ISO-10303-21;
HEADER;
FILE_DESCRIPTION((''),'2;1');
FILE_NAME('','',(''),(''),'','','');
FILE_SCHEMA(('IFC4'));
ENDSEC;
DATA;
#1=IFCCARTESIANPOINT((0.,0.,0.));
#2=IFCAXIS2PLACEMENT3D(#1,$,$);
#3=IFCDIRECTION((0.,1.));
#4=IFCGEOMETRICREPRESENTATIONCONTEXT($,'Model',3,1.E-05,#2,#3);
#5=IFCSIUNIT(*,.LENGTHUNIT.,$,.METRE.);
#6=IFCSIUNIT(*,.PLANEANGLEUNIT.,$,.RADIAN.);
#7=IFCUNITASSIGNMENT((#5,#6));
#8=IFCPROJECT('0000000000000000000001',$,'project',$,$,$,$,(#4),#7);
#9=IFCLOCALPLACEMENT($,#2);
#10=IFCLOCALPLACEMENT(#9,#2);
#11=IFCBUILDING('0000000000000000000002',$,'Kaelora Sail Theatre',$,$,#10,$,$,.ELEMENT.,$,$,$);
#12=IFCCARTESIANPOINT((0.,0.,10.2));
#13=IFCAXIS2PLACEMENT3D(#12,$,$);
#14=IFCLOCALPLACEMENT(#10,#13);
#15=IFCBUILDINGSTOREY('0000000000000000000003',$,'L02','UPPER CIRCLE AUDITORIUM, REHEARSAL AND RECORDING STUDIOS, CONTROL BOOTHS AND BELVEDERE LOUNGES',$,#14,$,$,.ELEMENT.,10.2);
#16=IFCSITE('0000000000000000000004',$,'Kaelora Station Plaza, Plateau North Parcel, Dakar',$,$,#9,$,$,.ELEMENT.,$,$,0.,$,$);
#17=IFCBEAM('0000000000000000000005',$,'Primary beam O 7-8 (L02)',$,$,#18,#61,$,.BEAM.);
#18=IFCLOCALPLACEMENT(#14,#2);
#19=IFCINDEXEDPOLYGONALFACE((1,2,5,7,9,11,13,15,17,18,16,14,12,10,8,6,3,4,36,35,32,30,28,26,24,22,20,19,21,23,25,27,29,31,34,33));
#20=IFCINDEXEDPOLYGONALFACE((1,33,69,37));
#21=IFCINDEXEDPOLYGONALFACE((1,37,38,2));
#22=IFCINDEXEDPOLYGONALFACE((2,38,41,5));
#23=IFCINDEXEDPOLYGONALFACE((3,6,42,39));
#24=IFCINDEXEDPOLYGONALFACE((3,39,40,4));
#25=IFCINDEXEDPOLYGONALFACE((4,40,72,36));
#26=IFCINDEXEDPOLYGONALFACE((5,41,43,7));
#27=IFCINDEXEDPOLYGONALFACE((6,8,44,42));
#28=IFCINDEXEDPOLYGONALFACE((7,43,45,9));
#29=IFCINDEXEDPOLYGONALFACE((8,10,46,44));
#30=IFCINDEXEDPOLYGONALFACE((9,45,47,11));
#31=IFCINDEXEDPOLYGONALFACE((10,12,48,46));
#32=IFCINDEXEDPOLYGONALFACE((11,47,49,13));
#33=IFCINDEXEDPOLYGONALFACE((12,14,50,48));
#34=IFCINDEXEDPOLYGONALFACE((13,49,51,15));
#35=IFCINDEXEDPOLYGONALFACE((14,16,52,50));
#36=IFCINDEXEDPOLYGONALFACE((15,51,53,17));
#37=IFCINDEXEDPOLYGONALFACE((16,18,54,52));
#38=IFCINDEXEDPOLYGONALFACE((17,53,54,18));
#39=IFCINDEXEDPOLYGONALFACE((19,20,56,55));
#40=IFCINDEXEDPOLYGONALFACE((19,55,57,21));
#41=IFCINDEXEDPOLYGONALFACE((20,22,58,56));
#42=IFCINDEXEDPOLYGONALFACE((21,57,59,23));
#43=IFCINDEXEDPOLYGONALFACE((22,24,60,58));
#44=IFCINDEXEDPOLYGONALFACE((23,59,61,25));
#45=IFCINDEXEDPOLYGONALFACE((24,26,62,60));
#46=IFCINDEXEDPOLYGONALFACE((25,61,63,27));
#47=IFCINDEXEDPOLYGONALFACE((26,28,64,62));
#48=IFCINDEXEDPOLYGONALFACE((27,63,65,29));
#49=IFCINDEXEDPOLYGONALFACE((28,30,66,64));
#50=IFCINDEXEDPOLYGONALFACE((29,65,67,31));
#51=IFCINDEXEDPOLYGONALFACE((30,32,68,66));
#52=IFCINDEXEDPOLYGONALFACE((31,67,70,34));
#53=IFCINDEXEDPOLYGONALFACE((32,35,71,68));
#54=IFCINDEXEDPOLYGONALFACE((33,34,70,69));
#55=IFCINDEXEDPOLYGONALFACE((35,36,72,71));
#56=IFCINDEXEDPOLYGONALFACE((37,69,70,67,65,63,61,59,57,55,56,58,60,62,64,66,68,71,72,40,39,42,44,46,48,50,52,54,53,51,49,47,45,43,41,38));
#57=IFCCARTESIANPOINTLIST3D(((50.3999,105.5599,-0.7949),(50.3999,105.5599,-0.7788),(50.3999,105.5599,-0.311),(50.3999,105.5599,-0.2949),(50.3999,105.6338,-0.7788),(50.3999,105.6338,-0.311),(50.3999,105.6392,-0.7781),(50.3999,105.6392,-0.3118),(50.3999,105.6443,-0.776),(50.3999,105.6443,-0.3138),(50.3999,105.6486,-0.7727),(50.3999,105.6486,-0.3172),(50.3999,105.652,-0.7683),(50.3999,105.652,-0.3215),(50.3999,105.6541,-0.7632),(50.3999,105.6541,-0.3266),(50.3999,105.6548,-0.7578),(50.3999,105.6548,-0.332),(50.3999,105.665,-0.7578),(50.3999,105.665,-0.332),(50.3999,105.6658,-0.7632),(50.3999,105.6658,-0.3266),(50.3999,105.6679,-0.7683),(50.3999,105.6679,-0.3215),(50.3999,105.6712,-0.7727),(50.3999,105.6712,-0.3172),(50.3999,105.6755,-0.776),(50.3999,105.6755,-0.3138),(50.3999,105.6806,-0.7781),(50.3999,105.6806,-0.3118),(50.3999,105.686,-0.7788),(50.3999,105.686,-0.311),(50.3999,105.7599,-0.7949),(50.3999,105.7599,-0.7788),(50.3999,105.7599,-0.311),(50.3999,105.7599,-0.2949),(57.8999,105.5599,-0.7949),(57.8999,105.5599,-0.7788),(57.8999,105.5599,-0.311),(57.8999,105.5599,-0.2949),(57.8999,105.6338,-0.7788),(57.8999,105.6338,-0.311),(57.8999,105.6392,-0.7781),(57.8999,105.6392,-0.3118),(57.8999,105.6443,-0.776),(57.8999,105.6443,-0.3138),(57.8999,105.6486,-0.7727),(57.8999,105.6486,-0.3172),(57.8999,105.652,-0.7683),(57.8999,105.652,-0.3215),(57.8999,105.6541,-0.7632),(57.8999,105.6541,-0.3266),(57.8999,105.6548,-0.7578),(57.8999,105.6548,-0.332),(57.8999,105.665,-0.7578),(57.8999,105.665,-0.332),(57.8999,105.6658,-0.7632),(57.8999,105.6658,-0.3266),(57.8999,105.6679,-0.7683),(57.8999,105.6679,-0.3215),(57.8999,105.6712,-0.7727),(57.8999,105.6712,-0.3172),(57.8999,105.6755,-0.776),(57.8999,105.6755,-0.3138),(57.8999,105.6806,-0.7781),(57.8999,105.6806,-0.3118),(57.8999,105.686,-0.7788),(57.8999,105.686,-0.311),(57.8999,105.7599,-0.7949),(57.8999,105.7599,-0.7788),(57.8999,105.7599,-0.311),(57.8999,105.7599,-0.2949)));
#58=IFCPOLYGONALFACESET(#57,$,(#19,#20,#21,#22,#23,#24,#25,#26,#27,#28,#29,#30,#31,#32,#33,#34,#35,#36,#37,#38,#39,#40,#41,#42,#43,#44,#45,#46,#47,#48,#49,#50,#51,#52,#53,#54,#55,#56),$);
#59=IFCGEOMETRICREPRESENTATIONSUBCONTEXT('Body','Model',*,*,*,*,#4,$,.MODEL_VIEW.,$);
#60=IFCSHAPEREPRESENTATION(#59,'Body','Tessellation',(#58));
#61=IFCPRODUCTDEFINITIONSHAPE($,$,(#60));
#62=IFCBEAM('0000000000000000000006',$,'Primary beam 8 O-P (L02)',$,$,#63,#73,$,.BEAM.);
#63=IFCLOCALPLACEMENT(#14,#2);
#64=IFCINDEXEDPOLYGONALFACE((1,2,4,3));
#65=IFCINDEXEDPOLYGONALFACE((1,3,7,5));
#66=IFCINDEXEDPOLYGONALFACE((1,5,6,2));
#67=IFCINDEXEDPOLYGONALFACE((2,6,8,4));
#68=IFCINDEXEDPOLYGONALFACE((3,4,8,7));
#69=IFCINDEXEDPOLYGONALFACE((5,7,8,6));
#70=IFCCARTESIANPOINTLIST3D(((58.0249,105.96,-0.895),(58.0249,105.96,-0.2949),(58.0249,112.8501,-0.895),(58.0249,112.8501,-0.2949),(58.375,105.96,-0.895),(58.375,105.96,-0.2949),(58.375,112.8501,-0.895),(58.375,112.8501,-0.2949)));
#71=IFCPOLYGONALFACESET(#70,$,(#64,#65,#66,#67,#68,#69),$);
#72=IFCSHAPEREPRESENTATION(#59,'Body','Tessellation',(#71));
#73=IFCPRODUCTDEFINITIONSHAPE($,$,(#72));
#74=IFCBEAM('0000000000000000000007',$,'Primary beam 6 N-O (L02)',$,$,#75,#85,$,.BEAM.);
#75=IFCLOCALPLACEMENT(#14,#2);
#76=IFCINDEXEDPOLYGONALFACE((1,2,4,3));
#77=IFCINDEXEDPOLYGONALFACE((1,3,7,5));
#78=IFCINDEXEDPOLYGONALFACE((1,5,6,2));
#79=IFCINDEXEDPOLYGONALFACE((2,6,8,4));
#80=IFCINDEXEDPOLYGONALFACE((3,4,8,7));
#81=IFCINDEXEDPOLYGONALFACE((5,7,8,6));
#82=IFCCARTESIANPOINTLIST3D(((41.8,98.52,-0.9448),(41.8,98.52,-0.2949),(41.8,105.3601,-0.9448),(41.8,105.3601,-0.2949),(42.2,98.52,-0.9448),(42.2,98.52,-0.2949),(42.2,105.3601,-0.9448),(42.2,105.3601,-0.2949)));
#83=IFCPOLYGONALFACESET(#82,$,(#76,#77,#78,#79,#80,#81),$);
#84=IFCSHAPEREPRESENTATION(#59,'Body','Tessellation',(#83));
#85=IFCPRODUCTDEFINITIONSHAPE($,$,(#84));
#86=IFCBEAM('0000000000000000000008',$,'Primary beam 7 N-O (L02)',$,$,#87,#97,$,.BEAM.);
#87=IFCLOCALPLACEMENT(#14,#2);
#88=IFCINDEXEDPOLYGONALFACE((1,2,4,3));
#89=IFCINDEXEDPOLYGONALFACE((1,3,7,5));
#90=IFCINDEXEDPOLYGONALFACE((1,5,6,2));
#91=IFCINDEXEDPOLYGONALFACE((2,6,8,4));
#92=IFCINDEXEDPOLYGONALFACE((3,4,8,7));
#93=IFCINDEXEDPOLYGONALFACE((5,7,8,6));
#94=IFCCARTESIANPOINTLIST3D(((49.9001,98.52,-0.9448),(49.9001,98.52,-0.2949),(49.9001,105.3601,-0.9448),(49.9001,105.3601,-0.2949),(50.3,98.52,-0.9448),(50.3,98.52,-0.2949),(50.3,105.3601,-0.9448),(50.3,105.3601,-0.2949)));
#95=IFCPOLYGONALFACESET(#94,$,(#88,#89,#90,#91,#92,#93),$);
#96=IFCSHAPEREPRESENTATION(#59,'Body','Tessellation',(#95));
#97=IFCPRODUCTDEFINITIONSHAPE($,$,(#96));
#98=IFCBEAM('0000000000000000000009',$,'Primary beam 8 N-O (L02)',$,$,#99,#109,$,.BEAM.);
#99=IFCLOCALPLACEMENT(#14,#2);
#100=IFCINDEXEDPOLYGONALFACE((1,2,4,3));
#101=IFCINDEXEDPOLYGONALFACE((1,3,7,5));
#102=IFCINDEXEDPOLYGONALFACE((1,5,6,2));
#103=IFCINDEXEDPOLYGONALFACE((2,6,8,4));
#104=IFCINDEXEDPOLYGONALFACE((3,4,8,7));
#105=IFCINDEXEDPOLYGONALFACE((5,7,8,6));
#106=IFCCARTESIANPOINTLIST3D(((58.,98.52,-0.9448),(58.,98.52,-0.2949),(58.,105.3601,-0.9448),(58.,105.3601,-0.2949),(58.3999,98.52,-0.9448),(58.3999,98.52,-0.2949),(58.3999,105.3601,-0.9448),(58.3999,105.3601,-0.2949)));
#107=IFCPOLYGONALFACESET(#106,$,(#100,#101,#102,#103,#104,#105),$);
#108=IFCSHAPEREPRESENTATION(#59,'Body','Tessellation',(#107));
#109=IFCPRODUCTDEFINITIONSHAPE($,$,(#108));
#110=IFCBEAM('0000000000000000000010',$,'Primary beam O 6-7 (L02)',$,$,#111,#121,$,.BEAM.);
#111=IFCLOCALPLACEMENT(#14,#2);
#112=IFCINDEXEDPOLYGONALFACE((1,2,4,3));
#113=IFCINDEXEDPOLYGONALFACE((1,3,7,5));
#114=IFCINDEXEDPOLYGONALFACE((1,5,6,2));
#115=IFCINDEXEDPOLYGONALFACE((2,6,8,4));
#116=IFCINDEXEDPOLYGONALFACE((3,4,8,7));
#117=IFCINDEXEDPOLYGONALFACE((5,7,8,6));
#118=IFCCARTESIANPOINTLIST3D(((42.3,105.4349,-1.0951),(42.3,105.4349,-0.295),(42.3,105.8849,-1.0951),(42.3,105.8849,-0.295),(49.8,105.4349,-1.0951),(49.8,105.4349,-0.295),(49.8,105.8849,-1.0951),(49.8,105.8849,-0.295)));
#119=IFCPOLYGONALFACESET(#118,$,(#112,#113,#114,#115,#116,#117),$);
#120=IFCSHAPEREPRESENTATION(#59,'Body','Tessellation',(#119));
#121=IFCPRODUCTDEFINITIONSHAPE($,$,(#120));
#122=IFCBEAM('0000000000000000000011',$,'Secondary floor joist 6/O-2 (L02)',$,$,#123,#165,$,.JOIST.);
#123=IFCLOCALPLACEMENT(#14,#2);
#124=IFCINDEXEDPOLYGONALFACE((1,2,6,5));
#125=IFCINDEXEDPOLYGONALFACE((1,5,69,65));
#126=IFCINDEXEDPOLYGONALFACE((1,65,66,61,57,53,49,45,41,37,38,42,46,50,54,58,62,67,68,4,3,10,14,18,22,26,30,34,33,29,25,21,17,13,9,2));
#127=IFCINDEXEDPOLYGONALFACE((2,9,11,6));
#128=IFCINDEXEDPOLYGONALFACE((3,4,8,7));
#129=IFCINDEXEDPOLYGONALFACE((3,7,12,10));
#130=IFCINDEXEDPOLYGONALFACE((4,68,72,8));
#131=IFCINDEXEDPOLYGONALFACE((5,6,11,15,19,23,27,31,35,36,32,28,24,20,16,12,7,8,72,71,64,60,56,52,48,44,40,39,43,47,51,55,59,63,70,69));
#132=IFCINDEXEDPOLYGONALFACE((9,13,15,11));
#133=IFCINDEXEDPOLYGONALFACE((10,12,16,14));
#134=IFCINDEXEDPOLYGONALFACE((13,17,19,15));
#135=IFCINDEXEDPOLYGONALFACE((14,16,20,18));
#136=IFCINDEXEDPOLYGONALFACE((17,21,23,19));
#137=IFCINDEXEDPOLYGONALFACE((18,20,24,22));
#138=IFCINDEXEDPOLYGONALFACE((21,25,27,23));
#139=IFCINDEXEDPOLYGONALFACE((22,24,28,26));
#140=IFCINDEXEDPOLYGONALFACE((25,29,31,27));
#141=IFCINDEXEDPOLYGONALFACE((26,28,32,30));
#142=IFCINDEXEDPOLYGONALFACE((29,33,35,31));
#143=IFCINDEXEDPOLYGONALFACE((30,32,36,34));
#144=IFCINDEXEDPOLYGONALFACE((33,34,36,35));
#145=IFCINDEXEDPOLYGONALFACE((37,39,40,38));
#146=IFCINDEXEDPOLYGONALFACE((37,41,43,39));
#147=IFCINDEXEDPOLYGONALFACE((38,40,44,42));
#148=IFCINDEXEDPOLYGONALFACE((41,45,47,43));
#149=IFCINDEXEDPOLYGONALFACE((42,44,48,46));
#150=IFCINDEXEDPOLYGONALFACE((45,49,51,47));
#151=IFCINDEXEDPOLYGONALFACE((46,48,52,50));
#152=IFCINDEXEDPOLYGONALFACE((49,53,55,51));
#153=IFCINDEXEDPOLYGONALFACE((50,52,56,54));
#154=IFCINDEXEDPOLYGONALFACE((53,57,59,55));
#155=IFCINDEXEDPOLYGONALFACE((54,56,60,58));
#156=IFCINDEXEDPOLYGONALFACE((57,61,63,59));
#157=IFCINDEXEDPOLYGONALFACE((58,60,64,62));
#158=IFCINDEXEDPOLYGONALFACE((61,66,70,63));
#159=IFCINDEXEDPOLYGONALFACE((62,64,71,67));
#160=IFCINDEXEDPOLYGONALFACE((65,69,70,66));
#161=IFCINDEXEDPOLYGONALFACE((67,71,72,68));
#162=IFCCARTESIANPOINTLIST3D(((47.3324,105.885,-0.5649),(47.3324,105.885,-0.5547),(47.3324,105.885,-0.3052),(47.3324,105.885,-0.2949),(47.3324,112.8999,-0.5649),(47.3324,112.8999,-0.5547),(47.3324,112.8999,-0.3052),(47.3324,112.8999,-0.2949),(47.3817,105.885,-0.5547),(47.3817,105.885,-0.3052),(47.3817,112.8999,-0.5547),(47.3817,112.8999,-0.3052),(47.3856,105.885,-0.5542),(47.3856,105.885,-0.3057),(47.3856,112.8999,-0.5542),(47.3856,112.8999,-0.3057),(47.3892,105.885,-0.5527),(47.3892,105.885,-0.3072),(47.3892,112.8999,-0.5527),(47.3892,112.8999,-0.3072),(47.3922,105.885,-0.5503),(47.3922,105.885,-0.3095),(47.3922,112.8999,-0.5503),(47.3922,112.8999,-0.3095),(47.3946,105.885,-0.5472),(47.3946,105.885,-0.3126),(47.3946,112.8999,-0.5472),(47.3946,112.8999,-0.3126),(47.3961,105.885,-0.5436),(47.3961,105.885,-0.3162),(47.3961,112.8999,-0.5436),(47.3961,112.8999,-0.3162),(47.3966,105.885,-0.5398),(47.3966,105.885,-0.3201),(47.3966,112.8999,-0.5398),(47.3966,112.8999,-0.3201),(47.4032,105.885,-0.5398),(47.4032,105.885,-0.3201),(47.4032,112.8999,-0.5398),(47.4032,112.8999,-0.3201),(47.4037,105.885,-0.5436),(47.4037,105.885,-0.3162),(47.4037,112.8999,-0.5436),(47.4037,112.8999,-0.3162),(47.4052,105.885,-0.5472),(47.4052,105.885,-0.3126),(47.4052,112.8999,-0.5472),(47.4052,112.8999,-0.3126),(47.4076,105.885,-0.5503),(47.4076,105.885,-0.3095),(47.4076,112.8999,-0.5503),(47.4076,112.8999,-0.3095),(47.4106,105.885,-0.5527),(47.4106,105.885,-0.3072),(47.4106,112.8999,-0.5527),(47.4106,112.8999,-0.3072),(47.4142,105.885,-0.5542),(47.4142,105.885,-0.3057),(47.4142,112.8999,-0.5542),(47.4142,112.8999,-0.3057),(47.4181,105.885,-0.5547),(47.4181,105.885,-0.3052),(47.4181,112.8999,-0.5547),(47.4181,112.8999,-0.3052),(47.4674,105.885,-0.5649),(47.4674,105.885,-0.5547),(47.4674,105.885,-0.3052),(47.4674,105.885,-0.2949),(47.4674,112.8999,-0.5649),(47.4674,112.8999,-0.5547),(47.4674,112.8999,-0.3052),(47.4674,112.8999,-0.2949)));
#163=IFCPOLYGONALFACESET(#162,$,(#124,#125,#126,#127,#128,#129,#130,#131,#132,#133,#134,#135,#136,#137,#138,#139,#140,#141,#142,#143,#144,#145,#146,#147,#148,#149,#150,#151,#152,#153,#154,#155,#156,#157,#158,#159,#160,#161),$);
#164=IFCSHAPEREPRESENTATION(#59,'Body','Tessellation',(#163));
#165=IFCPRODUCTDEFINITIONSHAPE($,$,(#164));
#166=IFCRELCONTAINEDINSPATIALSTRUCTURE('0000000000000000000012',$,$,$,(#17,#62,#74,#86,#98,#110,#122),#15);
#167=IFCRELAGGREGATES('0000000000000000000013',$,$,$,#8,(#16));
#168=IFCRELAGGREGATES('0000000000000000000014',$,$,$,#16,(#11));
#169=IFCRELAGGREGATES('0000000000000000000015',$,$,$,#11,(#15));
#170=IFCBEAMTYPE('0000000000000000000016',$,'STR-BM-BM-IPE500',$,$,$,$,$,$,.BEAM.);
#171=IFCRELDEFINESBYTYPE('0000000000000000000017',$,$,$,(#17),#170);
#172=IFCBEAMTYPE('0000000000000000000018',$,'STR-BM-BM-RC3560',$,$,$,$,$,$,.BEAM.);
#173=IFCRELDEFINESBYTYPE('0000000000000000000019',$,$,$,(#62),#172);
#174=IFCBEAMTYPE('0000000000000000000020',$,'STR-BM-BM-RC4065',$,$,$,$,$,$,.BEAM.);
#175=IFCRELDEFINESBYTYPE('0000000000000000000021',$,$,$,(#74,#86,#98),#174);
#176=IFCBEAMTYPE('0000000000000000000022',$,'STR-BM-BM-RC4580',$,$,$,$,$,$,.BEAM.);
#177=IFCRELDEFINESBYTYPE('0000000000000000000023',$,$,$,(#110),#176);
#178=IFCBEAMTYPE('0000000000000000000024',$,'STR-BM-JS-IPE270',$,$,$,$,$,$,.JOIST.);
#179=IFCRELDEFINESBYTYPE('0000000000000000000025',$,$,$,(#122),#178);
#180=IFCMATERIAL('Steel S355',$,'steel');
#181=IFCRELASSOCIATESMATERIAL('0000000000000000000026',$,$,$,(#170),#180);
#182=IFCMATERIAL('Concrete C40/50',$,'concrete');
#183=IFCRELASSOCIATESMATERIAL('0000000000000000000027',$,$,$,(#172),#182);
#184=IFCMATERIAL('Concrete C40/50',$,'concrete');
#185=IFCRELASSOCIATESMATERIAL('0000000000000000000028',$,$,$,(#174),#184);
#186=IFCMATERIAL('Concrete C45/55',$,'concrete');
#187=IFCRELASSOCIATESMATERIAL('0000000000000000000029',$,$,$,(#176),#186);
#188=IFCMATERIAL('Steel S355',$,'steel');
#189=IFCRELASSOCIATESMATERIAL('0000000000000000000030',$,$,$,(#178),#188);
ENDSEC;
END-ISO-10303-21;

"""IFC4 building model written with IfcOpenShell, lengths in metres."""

from ifc_helpers import new_model, si_unit, direction, frame, origin, origin_2d, place, context, subcontext, project, spatial, rectangle, i_section, extrude, material, material_profile, profile_set, type_object, element, save


model = new_model("IFC4")

# Units and contexts
model_context = context("Model", 3, precision=1e-05, world=origin(), true_north=direction((0.0, 1.0)))
body_context = subcontext(model_context, "Body", "Model", "MODEL_VIEW")
ifc_project = project(units=[si_unit("LENGTHUNIT", "METRE"), si_unit("PLANEANGLEUNIT", "RADIAN")], contexts=[model_context])

# Site, building, storey
site_placement = place(None, origin())
site = spatial("IfcSite", under=ifc_project, at=site_placement, Name="Kaelora Station Plaza, Plateau North Parcel, Dakar", CompositionType="ELEMENT", RefElevation=0.0)
building_placement = place(site_placement, origin())
building = spatial("IfcBuilding", under=site, at=building_placement, Name="Kaelora Sail Theatre", CompositionType="ELEMENT")
storey_placement = place(building_placement, frame((0.0, 0.0, 10.2)))
storey = spatial("IfcBuildingStorey", under=building, at=storey_placement, Name="L02", Description="UPPER CIRCLE AUDITORIUM, REHEARSAL AND RECORDING STUDIOS, CONTROL BOOTHS AND BELVEDERE LOUNGES", CompositionType="ELEMENT", Elevation=10.2)

# Beams
ifc_material_1 = material(Name="Steel S355", Category="steel")
ifc_material_profile_1 = material_profile(ifc_material_1, i_section(OverallWidth=0.2, OverallDepth=0.5, WebThickness=0.0103, FlangeThickness=0.0161, FilletRadius=0.021, at=origin_2d()), Name="IPE 500")
ifc_profile_set_1 = profile_set([ifc_material_profile_1], Name="Steel S355")
beam_type_1 = type_object("IfcBeamType", Name="STR-BM-BM-IPE500", PredefinedType="BEAM", material=ifc_profile_set_1)
beam_1_placement = place(storey_placement, frame((50.3999, 105.6599, -0.5449), z_axis=(1.0, 0.0, 0.0), x_axis=(0.0, 1.0, 0.0)))
element("IfcBeam", 1, at=beam_1_placement, inside=storey, type_object=beam_type_1, Name="Primary beam O 7-8 (L02)", PredefinedType="BEAM", context=body_context, shape_type="SweptSolid", body=[
    extrude(i_section(OverallWidth=0.2, OverallDepth=0.5, WebThickness=0.0103, FlangeThickness=0.0161, FilletRadius=0.021, at=origin_2d()), origin(), (0.0, 0.0, 1.0), 7.5),
])
ifc_material_2 = material(Name="Concrete C40/50", Category="concrete")
ifc_material_profile_2 = material_profile(ifc_material_2, rectangle(XDim=0.3501, YDim=0.6001, at=origin_2d()), Name="RC-BM 350x600")
ifc_profile_set_2 = profile_set([ifc_material_profile_2], Name="Concrete C40/50")
beam_type_2 = type_object("IfcBeamType", Name="STR-BM-BM-RC3560", PredefinedType="BEAM", material=ifc_profile_set_2)
beam_2_placement = place(storey_placement, frame((58.2, 105.96, -0.595), z_axis=(0.0, 1.0, 0.0), x_axis=(-1.0, 0.0, 0.0)))
element("IfcBeam", 2, at=beam_2_placement, inside=storey, type_object=beam_type_2, Name="Primary beam 8 O-P (L02)", PredefinedType="BEAM", context=body_context, shape_type="SweptSolid", body=[
    extrude(rectangle(XDim=0.3501, YDim=0.6001, at=origin_2d()), origin(), (0.0, 0.0, 1.0), 6.8901),
])
ifc_material_3 = material(Name="Concrete C40/50", Category="concrete")
ifc_material_profile_3 = material_profile(ifc_material_3, rectangle(XDim=0.3999, YDim=0.6499, at=origin_2d()), Name="RC-BM 400x650")
ifc_profile_set_3 = profile_set([ifc_material_profile_3], Name="Concrete C40/50")
beam_type_3 = type_object("IfcBeamType", Name="STR-BM-BM-RC4065", PredefinedType="BEAM", material=ifc_profile_set_3)
for number, where, z_axis, x_axis, name in (
    (3, (42.0, 98.52, -0.6199), (0.0, 1.0, 0.0), (-1.0, 0.0, 0.0), "Primary beam 6 N-O (L02)"),
    (4, (50.1001, 98.52, -0.6199), (0.0, 1.0, 0.0), (-1.0, 0.0, 0.0), "Primary beam 7 N-O (L02)"),
    (5, (58.2, 98.52, -0.6199), (0.0, 1.0, 0.0), (-1.0, 0.0, 0.0), "Primary beam 8 N-O (L02)"),
):
    element("IfcBeam", number, at=place(storey_placement, frame(where, z_axis=z_axis, x_axis=x_axis)), inside=storey, type_object=beam_type_3, Name=name, PredefinedType="BEAM", context=body_context, shape_type="SweptSolid", body=[
        extrude(rectangle(XDim=0.3999, YDim=0.6499, at=origin_2d()), origin(), (0.0, 0.0, 1.0), 6.8401),
    ])
ifc_material_4 = material(Name="Concrete C45/55", Category="concrete")
ifc_material_profile_4 = material_profile(ifc_material_4, rectangle(XDim=0.45, YDim=0.8, at=origin_2d()), Name="RC-BM 450x800")
ifc_profile_set_4 = profile_set([ifc_material_profile_4], Name="Concrete C45/55")
beam_type_4 = type_object("IfcBeamType", Name="STR-BM-BM-RC4580", PredefinedType="BEAM", material=ifc_profile_set_4)
beam_3_placement = place(storey_placement, frame((42.3, 105.6599, -0.6951), z_axis=(1.0, 0.0, 0.0), x_axis=(0.0, 1.0, 0.0)))
element("IfcBeam", 6, at=beam_3_placement, inside=storey, type_object=beam_type_4, Name="Primary beam O 6-7 (L02)", PredefinedType="BEAM", context=body_context, shape_type="SweptSolid", body=[
    extrude(rectangle(XDim=0.45, YDim=0.8, at=origin_2d()), origin(), (0.0, 0.0, 1.0), 7.5),
])
ifc_material_5 = material(Name="Steel S355", Category="steel")
ifc_material_profile_5 = material_profile(ifc_material_5, i_section(OverallWidth=0.135, OverallDepth=0.27, WebThickness=0.0066, FlangeThickness=0.0103, FilletRadius=0.0149, at=origin_2d()), Name="IPE 270")
ifc_profile_set_5 = profile_set([ifc_material_profile_5], Name="Steel S355")
beam_type_5 = type_object("IfcBeamType", Name="STR-BM-JS-IPE270", PredefinedType="JOIST", material=ifc_profile_set_5)
beam_4_placement = place(storey_placement, frame((47.3999, 105.885, -0.4299), z_axis=(0.0, 1.0, 0.0), x_axis=(-1.0, 0.0, 0.0)))
element("IfcBeam", 7, at=beam_4_placement, inside=storey, type_object=beam_type_5, Name="Secondary floor joist 6/O-2 (L02)", PredefinedType="JOIST", context=body_context, shape_type="SweptSolid", body=[
    extrude(i_section(OverallWidth=0.135, OverallDepth=0.27, WebThickness=0.0066, FlangeThickness=0.0103, FilletRadius=0.0149, at=origin_2d()), origin(), (0.0, 0.0, 1.0), 7.0149),
])

save(model, "model.ifc")
